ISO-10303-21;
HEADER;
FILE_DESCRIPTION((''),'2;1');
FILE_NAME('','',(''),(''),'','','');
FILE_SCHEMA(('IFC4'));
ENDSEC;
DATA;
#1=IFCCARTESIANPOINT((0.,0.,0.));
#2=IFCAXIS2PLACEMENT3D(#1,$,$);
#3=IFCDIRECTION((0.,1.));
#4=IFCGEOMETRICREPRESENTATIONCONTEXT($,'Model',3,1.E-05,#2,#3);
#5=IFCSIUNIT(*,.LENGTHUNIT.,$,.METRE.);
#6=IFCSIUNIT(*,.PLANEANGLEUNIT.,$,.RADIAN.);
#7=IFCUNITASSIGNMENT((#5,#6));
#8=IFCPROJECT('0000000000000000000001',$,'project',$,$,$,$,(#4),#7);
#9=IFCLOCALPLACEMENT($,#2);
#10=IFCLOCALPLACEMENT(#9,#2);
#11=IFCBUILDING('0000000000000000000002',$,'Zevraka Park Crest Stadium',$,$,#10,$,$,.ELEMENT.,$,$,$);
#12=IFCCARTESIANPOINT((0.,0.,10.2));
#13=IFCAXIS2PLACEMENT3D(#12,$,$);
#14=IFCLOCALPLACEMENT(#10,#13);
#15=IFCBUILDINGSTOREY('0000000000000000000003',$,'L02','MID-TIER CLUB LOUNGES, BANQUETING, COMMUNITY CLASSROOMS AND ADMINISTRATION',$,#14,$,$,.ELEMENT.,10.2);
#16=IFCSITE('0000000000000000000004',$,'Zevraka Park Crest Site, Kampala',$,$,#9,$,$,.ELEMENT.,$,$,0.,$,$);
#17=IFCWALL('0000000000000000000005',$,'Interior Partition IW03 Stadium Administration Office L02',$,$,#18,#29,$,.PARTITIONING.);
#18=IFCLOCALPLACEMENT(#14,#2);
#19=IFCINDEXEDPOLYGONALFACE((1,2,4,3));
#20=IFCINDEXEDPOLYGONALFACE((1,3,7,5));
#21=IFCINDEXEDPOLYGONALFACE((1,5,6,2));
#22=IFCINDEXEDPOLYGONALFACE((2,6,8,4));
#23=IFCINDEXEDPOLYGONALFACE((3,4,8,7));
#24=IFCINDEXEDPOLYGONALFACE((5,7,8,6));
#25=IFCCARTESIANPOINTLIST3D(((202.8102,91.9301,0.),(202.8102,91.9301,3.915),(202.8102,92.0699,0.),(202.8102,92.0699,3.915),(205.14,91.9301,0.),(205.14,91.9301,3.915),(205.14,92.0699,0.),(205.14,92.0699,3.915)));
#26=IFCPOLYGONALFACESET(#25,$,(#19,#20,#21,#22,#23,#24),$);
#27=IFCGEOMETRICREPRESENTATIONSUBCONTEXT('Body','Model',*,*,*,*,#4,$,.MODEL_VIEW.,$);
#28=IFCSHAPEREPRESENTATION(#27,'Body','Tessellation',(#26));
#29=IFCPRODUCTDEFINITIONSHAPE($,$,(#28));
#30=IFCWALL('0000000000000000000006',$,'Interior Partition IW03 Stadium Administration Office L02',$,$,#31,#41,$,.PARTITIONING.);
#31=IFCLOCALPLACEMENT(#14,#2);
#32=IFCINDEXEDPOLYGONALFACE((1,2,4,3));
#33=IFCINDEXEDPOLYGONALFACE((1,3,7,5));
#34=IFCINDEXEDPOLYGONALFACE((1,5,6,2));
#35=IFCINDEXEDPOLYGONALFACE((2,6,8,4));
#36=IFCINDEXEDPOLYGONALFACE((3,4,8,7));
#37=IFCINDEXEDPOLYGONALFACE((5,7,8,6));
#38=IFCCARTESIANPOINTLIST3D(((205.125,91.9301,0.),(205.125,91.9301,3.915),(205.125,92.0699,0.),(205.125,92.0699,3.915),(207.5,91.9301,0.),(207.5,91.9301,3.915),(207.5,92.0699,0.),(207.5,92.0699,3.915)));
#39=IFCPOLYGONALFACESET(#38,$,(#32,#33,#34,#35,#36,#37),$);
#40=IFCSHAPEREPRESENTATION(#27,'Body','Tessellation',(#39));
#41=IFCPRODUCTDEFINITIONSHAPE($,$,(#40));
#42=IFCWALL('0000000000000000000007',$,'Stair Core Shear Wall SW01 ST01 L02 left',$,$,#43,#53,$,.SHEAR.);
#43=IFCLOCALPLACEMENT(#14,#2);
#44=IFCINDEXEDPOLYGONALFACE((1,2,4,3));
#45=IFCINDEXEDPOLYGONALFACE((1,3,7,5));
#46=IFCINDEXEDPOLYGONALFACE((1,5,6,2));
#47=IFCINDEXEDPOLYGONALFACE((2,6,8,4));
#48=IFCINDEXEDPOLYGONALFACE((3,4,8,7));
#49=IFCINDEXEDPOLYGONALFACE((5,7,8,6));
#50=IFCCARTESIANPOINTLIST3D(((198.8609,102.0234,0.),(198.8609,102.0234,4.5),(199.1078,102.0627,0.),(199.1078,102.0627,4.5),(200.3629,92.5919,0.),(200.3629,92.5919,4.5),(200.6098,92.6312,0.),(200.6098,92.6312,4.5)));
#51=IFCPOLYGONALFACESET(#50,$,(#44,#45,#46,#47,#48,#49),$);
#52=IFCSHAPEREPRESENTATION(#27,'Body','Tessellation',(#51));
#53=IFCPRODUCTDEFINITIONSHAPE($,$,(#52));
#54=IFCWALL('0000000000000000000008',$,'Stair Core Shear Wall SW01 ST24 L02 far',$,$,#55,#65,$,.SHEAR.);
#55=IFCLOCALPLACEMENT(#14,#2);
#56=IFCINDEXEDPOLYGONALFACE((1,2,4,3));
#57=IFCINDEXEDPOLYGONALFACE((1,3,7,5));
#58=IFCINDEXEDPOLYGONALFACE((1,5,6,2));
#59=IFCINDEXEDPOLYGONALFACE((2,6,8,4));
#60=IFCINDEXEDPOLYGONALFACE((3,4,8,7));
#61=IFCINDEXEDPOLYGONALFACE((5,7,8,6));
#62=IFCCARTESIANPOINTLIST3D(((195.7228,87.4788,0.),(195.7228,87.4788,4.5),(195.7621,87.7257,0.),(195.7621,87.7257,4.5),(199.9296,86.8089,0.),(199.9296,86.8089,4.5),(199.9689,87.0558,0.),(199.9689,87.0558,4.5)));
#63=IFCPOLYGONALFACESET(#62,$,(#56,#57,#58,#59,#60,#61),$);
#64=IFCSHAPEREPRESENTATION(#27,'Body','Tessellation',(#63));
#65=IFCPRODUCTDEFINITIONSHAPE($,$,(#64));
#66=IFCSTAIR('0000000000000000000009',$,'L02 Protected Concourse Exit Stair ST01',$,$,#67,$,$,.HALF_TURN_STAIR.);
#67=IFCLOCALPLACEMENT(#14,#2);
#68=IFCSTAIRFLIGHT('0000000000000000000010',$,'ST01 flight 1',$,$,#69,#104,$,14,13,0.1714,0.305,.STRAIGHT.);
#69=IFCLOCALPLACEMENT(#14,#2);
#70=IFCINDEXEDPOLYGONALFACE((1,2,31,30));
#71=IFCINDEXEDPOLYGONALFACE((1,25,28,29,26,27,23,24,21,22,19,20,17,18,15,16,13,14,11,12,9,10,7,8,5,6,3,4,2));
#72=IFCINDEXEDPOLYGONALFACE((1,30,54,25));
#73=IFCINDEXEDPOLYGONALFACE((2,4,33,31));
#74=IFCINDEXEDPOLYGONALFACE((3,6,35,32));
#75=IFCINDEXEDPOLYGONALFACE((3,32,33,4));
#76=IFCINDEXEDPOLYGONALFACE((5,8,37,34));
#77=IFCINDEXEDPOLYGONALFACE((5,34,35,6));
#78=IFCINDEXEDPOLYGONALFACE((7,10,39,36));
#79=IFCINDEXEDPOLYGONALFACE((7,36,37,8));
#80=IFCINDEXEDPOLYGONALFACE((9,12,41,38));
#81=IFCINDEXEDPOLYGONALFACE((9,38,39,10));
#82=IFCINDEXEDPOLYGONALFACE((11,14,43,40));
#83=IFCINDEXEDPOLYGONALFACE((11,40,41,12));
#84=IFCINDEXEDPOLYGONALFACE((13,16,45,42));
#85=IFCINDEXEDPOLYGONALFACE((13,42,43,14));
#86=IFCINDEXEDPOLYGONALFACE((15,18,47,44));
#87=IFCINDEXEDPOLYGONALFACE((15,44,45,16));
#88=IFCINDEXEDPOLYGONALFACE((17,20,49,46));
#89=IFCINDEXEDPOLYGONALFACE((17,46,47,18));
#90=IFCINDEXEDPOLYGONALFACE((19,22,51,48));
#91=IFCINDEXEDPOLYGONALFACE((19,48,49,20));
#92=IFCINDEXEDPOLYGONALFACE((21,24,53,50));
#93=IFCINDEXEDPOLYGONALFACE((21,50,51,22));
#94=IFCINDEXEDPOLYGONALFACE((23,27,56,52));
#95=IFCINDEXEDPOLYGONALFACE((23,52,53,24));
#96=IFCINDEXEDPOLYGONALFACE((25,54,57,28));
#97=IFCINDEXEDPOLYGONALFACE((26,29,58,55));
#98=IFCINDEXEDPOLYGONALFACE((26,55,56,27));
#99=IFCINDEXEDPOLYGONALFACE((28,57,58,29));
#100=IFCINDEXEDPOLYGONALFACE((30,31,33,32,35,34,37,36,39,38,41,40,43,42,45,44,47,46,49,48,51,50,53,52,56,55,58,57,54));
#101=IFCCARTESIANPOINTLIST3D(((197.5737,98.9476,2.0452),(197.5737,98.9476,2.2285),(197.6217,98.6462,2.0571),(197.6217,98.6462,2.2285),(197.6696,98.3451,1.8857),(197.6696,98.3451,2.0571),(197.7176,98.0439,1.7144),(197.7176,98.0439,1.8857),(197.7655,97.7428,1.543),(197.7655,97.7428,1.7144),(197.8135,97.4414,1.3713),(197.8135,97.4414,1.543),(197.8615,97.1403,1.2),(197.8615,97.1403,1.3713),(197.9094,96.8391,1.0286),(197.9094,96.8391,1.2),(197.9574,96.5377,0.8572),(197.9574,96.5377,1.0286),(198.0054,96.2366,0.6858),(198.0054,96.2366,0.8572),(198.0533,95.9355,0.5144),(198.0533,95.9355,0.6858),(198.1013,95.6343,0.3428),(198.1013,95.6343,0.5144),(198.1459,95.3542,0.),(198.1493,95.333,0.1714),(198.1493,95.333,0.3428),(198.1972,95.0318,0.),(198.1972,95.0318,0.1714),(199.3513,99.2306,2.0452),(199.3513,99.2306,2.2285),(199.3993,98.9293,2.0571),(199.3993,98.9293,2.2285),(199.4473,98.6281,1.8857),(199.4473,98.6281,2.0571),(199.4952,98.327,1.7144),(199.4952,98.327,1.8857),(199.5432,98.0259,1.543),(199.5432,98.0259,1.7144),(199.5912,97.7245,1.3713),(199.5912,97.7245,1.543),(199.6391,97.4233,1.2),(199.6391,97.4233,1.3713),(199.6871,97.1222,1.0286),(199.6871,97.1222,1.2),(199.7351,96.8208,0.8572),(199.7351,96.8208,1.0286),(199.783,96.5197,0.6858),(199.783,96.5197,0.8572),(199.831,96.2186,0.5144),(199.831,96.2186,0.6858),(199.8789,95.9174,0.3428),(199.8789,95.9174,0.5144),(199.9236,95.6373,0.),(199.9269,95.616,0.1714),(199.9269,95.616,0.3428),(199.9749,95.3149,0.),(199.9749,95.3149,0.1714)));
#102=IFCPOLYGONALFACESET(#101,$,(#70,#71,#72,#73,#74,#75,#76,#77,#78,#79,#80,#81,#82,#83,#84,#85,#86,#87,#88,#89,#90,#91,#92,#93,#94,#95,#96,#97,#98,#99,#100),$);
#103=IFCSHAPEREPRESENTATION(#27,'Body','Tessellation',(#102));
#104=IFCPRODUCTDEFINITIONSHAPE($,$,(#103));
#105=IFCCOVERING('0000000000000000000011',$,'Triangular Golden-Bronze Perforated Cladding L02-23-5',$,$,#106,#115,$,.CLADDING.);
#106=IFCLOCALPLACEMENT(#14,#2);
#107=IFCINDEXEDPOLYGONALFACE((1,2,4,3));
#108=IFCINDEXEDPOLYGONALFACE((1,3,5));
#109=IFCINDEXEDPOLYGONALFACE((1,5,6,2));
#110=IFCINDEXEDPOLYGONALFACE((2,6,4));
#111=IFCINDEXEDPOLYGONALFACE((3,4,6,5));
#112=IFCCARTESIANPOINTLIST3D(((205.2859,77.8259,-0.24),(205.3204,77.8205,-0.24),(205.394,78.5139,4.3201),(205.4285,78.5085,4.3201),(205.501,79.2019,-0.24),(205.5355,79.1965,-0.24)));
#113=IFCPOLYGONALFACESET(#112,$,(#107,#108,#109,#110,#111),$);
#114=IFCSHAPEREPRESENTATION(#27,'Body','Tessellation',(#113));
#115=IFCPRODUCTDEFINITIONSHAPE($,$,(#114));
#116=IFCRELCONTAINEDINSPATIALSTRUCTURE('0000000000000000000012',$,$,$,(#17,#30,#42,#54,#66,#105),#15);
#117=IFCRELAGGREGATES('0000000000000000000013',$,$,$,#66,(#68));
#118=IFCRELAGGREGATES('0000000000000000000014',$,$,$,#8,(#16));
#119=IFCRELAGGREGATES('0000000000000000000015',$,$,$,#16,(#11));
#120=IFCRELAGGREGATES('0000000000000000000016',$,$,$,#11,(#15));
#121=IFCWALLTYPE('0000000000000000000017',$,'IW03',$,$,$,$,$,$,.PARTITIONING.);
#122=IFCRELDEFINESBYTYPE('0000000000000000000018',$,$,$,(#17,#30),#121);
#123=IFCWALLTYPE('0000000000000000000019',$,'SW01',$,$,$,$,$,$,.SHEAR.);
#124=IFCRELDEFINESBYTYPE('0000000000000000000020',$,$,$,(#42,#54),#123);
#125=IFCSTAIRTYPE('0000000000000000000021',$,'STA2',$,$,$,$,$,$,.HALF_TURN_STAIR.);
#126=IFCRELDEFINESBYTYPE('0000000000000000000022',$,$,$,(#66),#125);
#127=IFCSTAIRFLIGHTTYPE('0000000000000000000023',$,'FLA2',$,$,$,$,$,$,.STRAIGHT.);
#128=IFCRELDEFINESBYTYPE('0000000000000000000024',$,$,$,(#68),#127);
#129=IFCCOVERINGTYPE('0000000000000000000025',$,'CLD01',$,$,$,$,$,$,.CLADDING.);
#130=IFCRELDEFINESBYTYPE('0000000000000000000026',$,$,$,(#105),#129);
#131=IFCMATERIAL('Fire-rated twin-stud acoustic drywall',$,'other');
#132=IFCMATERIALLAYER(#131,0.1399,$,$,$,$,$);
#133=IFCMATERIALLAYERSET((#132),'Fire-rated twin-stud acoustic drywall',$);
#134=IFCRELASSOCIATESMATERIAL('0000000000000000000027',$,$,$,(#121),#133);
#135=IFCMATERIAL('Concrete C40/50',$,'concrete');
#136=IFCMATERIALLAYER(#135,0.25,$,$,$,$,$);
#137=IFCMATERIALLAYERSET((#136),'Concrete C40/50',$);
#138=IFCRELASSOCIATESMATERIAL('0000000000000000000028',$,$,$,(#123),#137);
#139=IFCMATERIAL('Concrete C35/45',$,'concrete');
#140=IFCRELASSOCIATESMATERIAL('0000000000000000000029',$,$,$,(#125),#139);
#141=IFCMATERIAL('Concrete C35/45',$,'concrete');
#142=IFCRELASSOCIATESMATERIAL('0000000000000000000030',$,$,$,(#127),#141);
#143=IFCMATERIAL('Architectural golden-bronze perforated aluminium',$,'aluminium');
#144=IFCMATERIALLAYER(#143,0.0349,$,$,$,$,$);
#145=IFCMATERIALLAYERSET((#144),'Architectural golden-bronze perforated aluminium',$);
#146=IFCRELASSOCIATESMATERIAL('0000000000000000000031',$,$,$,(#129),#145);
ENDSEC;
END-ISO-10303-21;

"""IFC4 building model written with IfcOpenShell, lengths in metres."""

from ifc_helpers import new_model, si_unit, direction, frame, frame_2d, origin, place, context, subcontext, project, spatial, polyline, rectangle, outline, extrude, material, layer, layer_set, type_object, element, aggregate, save


model = new_model("IFC4")

# Units and contexts
model_context = context("Model", 3, precision=1e-05, world=origin(), true_north=direction((0.0, 1.0)))
body_context = subcontext(model_context, "Body", "Model", "MODEL_VIEW")
ifc_project = project(units=[si_unit("LENGTHUNIT", "METRE"), si_unit("PLANEANGLEUNIT", "RADIAN")], contexts=[model_context])

# Site, building, storey
site_placement = place(None, origin())
site = spatial("IfcSite", under=ifc_project, at=site_placement, Name="Zevraka Park Crest Site, Kampala", CompositionType="ELEMENT", RefElevation=0.0)
building_placement = place(site_placement, origin())
building = spatial("IfcBuilding", under=site, at=building_placement, Name="Zevraka Park Crest Stadium", CompositionType="ELEMENT")
storey_placement = place(building_placement, frame((0.0, 0.0, 10.2)))
storey = spatial("IfcBuildingStorey", under=building, at=storey_placement, Name="L02", Description="MID-TIER CLUB LOUNGES, BANQUETING, COMMUNITY CLASSROOMS AND ADMINISTRATION", CompositionType="ELEMENT", Elevation=10.2)

# Walls
ifc_material_1 = material(Name="Fire-rated twin-stud acoustic drywall", Category="other")
ifc_layer_1 = layer(ifc_material_1, 0.1399)
ifc_layer_set_1 = layer_set([ifc_layer_1], Name="Fire-rated twin-stud acoustic drywall")
wall_type_1 = type_object("IfcWallType", Name="IW03", PredefinedType="PARTITIONING", material=ifc_layer_set_1)
wall_1_placement = place(storey_placement, frame((202.8101, 92.0, 0.0), z_axis=(0.0, 0.0, 1.0), x_axis=(1.0, 0.0, 0.0)))
element("IfcWall", 1, at=wall_1_placement, inside=storey, type_object=wall_type_1, Name="Interior Partition IW03 Stadium Administration Office L02", PredefinedType="PARTITIONING", context=body_context, shape_type="SweptSolid", body=[
    extrude(rectangle(XDim=2.3298, YDim=0.1399, at=frame_2d((1.165, 0.0))), origin(), (0.0, 0.0, 1.0), 3.915),
])
wall_2_placement = place(storey_placement, frame((205.125, 92.0, 0.0), z_axis=(0.0, 0.0, 1.0), x_axis=(1.0, 0.0, 0.0)))
element("IfcWall", 2, at=wall_2_placement, inside=storey, type_object=wall_type_1, Name="Interior Partition IW03 Stadium Administration Office L02", PredefinedType="PARTITIONING", context=body_context, shape_type="SweptSolid", body=[
    extrude(rectangle(XDim=2.375, YDim=0.1399, at=frame_2d((1.1875, 0.0))), origin(), (0.0, 0.0, 1.0), 3.915),
])
ifc_material_2 = material(Name="Concrete C40/50", Category="concrete")
ifc_layer_2 = layer(ifc_material_2, 0.25)
ifc_layer_set_2 = layer_set([ifc_layer_2], Name="Concrete C40/50")
wall_type_2 = type_object("IfcWallType", Name="SW01", PredefinedType="SHEAR", material=ifc_layer_set_2)
wall_3_placement = place(storey_placement, frame((200.4863, 92.6116, 0.0), z_axis=(0.0, 0.0, 1.0), x_axis=(-0.157269, 0.987556, 0.0)))
element("IfcWall", 3, at=wall_3_placement, inside=storey, type_object=wall_type_2, Name="Stair Core Shear Wall SW01 ST01 L02 left", PredefinedType="SHEAR", context=body_context, shape_type="SweptSolid", body=[
    extrude(rectangle(XDim=9.5503, YDim=0.25, at=frame_2d((4.7751, 0.0))), origin(), (0.0, 0.0, 1.0), 4.5),
])
wall_4_placement = place(storey_placement, frame((199.9492, 86.9324, 0.0), z_axis=(0.0, 0.0, 1.0), x_axis=(-0.987556, 0.157266, 0.0)))
element("IfcWall", 4, at=wall_4_placement, inside=storey, type_object=wall_type_2, Name="Stair Core Shear Wall SW01 ST24 L02 far", PredefinedType="SHEAR", context=body_context, shape_type="SweptSolid", body=[
    extrude(rectangle(XDim=4.2598, YDim=0.25, at=frame_2d((2.1299, 0.0))), origin(), (0.0, 0.0, 1.0), 4.5),
])

# Stair, stair flight
ifc_material_3 = material(Name="Concrete C35/45", Category="concrete")
stair_type = type_object("IfcStairType", Name="STA2", PredefinedType="HALF_TURN_STAIR", material=ifc_material_3)
stair_placement = place(storey_placement, origin())
stair = element("IfcStair", 5, at=stair_placement, inside=storey, type_object=stair_type, Name="L02 Protected Concourse Exit Stair ST01", PredefinedType="HALF_TURN_STAIR")
ifc_material_4 = material(Name="Concrete C35/45", Category="concrete")
stair_flight_type = type_object("IfcStairFlightType", Name="FLA2", PredefinedType="STRAIGHT", material=ifc_material_4)
stair_flight_placement = place(storey_placement, frame((199.0859, 95.1733, 0.0), z_axis=(0.0, 0.0, 1.0), x_axis=(-0.157262, 0.987557, 0.0)))
stair_flight = element("IfcStairFlight", 6, at=stair_flight_placement, type_object=stair_flight_type, Name="ST01 flight 1", NumberOfRisers=14, NumberOfTreads=13, PredefinedType="STRAIGHT", RiserHeight=0.1714, TreadLength=0.305, context=body_context, shape_type="SweptSolid", body=[
    extrude(outline(polyline([(0.0, 0.0), (0.0, 0.1714), (0.3049, 0.1714), (0.3049, 0.3428), (0.6101, 0.3428), (0.6101, 0.5144), (0.915, 0.5144), (0.915, 0.6858), (1.22, 0.6858), (1.22, 0.8572), (1.5249, 0.8572), (1.5249, 1.0286), (1.8301, 1.0286), (1.8301, 1.2), (2.135, 1.2), (2.135, 1.3713), (2.4399, 1.3713), (2.4399, 1.543), (2.7451, 1.543), (2.7451, 1.7144), (3.05, 1.7144), (3.05, 1.8857), (3.355, 1.8857), (3.355, 2.0571), (3.6599, 2.0571), (3.6599, 2.2285), (3.9651, 2.2285), (3.9651, 2.3999), (3.9651, 2.0452), (0.3264, 0.0), (0.0, 0.0)])), frame((0.0, 0.8999, 0.0), z_axis=(0.0, -1.0, 0.0), x_axis=(1.0, 0.0, 0.0)), (0.0, 0.0, 1.0), 1.8),
])
aggregate(stair, [stair_flight])

# Covering
ifc_material_5 = material(Name="Architectural golden-bronze perforated aluminium", Category="aluminium")
ifc_layer_3 = layer(ifc_material_5, 0.0349)
ifc_layer_set_3 = layer_set([ifc_layer_3], Name="Architectural golden-bronze perforated aluminium")
covering_type = type_object("IfcCoveringType", Name="CLD01", PredefinedType="CLADDING", material=ifc_layer_set_3)
covering_placement = place(storey_placement, frame((205.2859, 77.8259, -0.24), z_axis=(-0.988002, 0.154441, 0.000132), x_axis=(0.154441, 0.988002, 0.0)))
element("IfcCovering", 7, at=covering_placement, inside=storey, type_object=covering_type, Name="Triangular Golden-Bronze Perforated Cladding L02-23-5", PredefinedType="CLADDING", context=body_context, shape_type="SweptSolid", body=[
    extrude(outline(polyline([(0.0, 0.0), (1.3927, 0.0), (0.6964, -4.5601), (0.0, 0.0)])), origin(), (0.0, 0.0, -1.0), 0.0349),
])

save(model, "model.ifc")
